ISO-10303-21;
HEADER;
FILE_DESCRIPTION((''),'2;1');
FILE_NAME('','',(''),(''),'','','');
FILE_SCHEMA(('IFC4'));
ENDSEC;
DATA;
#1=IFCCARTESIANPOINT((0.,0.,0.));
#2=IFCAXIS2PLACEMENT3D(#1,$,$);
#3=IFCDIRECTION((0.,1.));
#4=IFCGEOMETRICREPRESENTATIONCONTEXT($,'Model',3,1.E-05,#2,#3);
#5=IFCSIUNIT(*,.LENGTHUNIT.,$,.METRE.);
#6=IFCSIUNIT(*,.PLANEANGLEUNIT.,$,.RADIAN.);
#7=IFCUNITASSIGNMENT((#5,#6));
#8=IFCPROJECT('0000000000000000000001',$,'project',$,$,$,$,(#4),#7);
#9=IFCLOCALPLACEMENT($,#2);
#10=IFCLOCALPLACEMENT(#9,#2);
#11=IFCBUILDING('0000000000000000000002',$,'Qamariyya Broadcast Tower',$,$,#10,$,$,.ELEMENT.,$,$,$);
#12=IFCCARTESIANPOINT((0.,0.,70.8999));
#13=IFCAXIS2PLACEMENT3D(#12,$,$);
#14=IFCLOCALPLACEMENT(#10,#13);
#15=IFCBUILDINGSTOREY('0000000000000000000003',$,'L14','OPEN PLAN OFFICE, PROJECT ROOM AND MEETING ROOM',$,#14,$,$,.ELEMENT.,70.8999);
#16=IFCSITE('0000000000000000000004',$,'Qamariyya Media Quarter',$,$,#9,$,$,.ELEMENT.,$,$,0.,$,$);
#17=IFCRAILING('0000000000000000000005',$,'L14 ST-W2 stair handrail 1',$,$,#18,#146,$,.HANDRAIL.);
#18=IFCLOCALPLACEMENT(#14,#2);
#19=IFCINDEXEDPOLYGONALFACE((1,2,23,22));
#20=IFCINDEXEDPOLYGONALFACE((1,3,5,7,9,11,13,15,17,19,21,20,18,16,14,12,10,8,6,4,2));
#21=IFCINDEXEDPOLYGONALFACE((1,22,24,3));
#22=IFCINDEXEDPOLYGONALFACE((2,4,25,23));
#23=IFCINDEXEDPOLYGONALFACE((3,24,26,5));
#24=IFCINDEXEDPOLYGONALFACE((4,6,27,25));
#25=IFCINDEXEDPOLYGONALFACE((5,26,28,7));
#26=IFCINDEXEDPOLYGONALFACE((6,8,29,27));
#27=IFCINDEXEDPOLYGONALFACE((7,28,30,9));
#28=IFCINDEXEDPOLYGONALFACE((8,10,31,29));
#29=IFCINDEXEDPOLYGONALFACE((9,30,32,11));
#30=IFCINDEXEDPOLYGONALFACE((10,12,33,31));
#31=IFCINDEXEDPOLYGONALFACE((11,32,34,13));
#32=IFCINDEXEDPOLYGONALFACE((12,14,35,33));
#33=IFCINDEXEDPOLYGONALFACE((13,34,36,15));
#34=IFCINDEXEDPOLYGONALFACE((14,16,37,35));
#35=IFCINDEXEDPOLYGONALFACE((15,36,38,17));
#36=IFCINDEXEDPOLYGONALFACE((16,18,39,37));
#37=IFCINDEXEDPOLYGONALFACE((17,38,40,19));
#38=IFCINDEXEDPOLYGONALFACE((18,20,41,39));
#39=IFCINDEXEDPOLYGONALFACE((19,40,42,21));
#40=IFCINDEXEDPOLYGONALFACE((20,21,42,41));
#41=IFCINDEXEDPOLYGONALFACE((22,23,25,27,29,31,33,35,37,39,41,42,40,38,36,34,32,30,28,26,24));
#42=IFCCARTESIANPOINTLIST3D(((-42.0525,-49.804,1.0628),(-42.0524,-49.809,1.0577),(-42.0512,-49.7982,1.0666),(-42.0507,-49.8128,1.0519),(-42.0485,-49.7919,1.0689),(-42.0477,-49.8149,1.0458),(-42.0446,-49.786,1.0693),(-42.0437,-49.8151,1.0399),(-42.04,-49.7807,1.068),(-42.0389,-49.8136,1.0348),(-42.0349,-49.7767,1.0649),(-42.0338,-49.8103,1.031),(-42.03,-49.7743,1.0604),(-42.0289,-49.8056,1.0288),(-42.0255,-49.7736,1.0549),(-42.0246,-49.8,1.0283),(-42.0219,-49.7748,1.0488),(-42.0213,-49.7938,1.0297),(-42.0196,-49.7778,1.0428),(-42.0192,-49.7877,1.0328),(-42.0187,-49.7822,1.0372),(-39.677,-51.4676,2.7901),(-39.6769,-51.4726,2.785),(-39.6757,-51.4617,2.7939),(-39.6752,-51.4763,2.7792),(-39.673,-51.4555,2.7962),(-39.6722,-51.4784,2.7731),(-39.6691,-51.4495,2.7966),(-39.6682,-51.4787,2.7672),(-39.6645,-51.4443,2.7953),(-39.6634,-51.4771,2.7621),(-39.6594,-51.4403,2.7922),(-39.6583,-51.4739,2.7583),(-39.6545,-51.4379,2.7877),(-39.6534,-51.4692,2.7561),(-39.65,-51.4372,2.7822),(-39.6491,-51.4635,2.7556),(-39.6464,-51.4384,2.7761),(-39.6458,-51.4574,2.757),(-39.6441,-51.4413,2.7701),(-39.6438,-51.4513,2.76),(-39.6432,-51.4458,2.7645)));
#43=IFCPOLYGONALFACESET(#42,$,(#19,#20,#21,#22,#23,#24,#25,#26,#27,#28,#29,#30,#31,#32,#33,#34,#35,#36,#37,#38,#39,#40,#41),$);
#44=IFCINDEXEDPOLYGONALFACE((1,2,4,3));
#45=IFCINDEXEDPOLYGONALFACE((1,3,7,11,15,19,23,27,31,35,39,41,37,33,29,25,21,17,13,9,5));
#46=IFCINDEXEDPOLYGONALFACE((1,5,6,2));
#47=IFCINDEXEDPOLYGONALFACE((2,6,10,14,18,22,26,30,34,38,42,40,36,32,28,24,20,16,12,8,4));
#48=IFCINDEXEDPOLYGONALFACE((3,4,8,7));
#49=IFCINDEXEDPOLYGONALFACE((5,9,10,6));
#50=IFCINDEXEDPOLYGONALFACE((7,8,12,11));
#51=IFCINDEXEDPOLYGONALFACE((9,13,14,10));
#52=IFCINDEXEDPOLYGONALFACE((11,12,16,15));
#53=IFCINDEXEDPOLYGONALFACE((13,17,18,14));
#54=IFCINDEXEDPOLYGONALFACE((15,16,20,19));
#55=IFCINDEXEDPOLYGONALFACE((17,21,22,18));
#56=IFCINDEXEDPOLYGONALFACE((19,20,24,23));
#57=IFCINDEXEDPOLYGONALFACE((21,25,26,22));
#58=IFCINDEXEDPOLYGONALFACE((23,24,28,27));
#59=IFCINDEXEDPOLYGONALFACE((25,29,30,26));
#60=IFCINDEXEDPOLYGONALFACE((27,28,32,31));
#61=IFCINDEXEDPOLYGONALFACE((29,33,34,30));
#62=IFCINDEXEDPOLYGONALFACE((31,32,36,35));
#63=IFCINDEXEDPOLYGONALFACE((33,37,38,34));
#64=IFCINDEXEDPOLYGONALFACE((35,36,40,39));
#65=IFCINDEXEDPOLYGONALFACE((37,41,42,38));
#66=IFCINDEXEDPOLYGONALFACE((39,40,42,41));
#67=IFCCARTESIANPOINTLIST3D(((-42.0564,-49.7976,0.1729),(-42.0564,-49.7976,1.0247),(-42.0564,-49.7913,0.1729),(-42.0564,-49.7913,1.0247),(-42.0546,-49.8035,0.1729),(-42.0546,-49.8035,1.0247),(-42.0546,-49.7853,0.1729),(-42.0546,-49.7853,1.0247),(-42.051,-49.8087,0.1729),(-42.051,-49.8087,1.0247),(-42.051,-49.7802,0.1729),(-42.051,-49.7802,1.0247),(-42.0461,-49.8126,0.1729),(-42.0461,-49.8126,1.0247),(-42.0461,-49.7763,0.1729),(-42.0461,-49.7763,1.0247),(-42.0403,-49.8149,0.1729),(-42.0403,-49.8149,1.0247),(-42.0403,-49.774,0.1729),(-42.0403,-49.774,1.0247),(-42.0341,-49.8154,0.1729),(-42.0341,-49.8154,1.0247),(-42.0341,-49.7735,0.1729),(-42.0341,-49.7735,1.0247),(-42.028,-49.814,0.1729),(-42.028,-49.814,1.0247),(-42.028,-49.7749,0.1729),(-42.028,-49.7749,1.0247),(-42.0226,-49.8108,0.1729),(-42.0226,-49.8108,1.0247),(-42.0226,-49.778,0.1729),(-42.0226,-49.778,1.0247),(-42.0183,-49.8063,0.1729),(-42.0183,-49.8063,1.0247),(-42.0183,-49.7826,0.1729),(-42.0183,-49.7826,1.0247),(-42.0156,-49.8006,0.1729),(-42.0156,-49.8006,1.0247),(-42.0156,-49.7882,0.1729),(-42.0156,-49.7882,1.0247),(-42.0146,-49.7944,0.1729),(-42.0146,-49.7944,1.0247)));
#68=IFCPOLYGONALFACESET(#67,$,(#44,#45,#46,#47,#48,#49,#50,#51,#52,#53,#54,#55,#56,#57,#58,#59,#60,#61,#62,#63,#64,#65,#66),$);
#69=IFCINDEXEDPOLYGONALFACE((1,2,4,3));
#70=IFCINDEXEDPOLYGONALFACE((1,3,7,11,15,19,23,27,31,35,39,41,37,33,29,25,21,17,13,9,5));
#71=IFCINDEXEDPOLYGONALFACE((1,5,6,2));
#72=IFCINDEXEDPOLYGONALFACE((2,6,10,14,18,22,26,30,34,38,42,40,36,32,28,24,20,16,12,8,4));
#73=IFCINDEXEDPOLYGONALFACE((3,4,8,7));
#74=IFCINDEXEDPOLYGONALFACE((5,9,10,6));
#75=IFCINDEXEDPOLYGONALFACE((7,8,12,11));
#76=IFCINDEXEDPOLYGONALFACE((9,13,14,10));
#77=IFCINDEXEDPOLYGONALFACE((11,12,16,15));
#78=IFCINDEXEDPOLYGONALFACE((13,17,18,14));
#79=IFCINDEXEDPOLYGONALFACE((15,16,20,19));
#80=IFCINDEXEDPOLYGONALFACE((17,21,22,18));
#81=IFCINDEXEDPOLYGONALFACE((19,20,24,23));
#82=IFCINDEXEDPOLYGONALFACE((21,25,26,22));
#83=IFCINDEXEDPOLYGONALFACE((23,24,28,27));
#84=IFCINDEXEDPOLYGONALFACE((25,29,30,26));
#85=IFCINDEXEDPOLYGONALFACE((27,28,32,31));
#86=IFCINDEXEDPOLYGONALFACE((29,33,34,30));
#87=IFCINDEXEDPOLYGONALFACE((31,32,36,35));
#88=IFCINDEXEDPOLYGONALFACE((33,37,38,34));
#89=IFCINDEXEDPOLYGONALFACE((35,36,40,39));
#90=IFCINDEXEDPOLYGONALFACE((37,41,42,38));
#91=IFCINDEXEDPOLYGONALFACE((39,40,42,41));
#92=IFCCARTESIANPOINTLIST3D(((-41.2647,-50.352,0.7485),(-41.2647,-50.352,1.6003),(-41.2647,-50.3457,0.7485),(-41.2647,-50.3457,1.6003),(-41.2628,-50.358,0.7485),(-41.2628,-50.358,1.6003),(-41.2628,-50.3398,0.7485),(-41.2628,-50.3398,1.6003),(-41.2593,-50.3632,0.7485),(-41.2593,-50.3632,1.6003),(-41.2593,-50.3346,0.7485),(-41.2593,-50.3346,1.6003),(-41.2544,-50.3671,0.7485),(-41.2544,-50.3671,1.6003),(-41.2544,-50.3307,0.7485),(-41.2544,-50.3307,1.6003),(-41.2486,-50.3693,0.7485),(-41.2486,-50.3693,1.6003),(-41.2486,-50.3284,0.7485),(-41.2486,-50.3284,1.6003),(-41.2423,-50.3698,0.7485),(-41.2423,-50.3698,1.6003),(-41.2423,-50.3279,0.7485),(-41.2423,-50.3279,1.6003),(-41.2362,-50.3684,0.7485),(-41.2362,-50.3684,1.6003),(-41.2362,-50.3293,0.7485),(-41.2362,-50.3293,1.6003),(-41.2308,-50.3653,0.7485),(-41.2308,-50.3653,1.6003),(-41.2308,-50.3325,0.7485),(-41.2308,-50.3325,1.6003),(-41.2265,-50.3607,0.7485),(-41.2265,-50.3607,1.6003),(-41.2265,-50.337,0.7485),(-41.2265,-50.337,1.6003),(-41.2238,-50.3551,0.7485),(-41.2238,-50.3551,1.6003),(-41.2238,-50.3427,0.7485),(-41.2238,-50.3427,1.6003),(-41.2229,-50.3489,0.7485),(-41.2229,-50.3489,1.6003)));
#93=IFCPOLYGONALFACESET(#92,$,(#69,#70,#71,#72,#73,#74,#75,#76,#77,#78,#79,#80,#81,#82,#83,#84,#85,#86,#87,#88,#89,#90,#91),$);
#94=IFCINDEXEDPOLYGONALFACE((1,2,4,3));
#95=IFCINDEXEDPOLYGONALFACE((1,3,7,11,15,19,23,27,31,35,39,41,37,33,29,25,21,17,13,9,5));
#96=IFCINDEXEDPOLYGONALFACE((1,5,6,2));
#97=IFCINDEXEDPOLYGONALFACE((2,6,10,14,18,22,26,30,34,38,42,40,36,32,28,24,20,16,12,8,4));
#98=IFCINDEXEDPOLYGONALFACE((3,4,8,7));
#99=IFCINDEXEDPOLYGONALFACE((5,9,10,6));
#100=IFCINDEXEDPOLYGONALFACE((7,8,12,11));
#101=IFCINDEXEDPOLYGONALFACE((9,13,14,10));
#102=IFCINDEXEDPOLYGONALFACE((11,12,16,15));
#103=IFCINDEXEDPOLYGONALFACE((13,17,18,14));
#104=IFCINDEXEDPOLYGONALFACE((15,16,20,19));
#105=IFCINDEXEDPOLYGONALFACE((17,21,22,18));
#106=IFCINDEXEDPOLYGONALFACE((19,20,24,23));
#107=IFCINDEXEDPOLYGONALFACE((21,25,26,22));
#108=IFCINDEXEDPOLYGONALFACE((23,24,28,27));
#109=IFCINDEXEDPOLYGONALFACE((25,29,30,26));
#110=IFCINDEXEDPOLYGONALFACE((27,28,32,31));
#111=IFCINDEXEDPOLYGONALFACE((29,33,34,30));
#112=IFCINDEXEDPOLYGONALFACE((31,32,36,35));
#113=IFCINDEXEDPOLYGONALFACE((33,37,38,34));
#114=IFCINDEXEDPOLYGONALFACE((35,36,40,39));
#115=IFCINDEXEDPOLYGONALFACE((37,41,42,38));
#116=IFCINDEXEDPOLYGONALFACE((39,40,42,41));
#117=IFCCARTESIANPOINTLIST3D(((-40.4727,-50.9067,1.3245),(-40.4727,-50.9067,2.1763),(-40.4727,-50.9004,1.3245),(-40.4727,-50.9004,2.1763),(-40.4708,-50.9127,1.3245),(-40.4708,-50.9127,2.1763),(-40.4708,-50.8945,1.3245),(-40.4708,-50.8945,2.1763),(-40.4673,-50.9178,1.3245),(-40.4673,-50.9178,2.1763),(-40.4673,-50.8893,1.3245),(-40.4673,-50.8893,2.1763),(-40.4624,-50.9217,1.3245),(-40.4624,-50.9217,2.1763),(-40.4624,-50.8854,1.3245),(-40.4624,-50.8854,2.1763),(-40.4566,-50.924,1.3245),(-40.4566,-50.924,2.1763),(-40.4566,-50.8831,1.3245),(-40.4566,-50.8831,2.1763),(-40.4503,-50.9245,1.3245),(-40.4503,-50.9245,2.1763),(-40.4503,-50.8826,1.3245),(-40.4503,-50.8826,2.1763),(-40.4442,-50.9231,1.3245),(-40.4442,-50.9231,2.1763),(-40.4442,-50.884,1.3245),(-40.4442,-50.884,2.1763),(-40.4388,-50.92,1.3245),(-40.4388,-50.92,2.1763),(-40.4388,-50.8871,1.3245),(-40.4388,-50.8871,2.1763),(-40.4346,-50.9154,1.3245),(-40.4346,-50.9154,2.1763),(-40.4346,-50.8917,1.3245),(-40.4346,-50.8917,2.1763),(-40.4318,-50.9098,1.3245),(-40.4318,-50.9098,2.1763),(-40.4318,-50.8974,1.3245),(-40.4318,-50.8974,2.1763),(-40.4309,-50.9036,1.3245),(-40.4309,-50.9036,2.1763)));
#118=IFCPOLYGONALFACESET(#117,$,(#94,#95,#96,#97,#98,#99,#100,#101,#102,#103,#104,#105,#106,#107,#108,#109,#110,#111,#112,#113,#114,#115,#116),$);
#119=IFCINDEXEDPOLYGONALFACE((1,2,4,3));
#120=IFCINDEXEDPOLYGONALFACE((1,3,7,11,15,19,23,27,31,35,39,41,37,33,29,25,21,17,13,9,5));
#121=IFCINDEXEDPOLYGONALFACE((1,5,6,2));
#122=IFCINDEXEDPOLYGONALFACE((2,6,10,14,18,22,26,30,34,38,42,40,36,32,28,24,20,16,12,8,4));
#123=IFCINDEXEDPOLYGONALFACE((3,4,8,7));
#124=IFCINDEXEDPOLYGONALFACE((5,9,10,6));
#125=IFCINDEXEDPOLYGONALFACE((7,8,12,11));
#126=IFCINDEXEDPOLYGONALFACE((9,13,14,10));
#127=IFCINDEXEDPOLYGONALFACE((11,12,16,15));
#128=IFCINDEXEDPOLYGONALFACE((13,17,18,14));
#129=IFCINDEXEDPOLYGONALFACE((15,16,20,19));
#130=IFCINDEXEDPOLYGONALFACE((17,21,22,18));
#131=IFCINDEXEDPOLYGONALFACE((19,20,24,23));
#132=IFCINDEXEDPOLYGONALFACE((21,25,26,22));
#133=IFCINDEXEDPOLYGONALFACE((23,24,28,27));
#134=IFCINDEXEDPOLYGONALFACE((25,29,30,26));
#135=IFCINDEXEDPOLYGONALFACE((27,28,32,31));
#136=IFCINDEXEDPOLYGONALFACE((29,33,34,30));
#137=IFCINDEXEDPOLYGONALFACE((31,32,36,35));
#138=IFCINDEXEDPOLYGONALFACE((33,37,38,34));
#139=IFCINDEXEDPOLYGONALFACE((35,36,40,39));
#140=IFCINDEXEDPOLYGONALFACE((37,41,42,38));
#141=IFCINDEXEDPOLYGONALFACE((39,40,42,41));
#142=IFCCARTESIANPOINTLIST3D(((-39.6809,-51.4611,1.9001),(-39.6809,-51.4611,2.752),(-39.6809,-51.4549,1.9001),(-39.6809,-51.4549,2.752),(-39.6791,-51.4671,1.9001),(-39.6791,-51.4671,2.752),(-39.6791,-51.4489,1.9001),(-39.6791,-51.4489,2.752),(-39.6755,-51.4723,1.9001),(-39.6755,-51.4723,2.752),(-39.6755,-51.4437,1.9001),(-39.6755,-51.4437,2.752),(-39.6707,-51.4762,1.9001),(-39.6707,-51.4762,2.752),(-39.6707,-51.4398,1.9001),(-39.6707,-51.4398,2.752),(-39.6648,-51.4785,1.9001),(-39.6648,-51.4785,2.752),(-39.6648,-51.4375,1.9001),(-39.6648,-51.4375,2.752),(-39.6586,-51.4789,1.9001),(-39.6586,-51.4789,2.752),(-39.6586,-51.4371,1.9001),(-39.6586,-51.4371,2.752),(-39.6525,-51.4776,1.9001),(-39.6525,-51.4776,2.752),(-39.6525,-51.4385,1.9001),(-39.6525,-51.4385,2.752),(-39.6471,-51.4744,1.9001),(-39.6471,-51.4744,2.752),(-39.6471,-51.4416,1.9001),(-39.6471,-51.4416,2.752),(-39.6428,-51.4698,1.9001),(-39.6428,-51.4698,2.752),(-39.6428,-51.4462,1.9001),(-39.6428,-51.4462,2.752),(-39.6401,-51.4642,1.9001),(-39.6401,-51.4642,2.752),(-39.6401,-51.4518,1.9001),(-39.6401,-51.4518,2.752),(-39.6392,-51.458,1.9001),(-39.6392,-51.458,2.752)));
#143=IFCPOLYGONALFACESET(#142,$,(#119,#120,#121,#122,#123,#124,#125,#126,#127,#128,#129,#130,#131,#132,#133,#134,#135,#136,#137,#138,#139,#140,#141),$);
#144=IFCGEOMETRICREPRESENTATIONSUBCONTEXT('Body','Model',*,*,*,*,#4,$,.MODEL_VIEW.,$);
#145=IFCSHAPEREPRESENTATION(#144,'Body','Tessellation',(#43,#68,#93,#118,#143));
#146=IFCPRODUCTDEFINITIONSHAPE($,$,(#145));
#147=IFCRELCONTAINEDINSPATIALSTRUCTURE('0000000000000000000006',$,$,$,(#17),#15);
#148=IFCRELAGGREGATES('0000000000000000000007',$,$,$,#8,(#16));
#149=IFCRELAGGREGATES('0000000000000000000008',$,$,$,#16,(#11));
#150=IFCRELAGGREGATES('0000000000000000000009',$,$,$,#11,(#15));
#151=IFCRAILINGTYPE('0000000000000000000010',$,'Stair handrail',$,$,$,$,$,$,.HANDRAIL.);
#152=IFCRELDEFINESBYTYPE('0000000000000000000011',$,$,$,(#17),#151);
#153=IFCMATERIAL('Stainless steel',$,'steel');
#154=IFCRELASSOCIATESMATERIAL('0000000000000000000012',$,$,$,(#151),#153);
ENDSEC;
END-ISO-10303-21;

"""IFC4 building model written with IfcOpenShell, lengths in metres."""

from ifc_helpers import new_model, si_unit, direction, frame, origin, origin_2d, place, context, subcontext, project, spatial, circle, extrude, material, type_object, element, save


model = new_model("IFC4")

# Units and contexts
model_context = context("Model", 3, precision=1e-05, world=origin(), true_north=direction((0.0, 1.0)))
body_context = subcontext(model_context, "Body", "Model", "MODEL_VIEW")
ifc_project = project(units=[si_unit("LENGTHUNIT", "METRE"), si_unit("PLANEANGLEUNIT", "RADIAN")], contexts=[model_context])

# Site, building, storey
site_placement = place(None, origin())
site = spatial("IfcSite", under=ifc_project, at=site_placement, Name="Qamariyya Media Quarter", CompositionType="ELEMENT", RefElevation=0.0)
building_placement = place(site_placement, origin())
building = spatial("IfcBuilding", under=site, at=building_placement, Name="Qamariyya Broadcast Tower", CompositionType="ELEMENT")
storey_placement = place(building_placement, frame((0.0, 0.0, 70.8999)))
storey = spatial("IfcBuildingStorey", under=building, at=storey_placement, Name="L14", Description="OPEN PLAN OFFICE, PROJECT ROOM AND MEETING ROOM", CompositionType="ELEMENT", Elevation=70.8999)

# Railing
ifc_material_1 = material(Name="Stainless steel", Category="steel")
railing_type_1 = type_object("IfcRailingType", Name="Stair handrail", PredefinedType="HANDRAIL", material=ifc_material_1)
railing_1_placement = place(storey_placement, frame((-42.0356, -49.7944, 0.1729)))
element("IfcRailing", 1, at=railing_1_placement, inside=storey, type_object=railing_type_1, Name="L14 ST-W2 stair handrail 1", PredefinedType="HANDRAIL", context=body_context, shape_type="SweptSolid", body=[
    extrude(circle(Radius=0.0239, at=origin_2d()), frame((0.0, 0.0, 0.876), z_axis=(0.703745, -0.492838, 0.511716), x_axis=(0.573632, 0.819113, 0.0)), (0.0, 0.0, 1.0), 3.3755),
    extrude(circle(Radius=0.021, at=origin_2d()), origin(), (0.0, 0.0, 1.0), 0.8518),
    extrude(circle(Radius=0.021, at=origin_2d()), frame((0.7917, -0.5544, 0.5757)), (0.0, 0.0, 1.0), 0.8518),
    extrude(circle(Radius=0.021, at=origin_2d()), frame((1.5837, -1.1091, 1.1516)), (0.0, 0.0, 1.0), 0.8518),
    extrude(circle(Radius=0.021, at=origin_2d()), frame((2.3755, -1.6636, 1.7273)), (0.0, 0.0, 1.0), 0.8518),
])

save(model, "model.ifc")
